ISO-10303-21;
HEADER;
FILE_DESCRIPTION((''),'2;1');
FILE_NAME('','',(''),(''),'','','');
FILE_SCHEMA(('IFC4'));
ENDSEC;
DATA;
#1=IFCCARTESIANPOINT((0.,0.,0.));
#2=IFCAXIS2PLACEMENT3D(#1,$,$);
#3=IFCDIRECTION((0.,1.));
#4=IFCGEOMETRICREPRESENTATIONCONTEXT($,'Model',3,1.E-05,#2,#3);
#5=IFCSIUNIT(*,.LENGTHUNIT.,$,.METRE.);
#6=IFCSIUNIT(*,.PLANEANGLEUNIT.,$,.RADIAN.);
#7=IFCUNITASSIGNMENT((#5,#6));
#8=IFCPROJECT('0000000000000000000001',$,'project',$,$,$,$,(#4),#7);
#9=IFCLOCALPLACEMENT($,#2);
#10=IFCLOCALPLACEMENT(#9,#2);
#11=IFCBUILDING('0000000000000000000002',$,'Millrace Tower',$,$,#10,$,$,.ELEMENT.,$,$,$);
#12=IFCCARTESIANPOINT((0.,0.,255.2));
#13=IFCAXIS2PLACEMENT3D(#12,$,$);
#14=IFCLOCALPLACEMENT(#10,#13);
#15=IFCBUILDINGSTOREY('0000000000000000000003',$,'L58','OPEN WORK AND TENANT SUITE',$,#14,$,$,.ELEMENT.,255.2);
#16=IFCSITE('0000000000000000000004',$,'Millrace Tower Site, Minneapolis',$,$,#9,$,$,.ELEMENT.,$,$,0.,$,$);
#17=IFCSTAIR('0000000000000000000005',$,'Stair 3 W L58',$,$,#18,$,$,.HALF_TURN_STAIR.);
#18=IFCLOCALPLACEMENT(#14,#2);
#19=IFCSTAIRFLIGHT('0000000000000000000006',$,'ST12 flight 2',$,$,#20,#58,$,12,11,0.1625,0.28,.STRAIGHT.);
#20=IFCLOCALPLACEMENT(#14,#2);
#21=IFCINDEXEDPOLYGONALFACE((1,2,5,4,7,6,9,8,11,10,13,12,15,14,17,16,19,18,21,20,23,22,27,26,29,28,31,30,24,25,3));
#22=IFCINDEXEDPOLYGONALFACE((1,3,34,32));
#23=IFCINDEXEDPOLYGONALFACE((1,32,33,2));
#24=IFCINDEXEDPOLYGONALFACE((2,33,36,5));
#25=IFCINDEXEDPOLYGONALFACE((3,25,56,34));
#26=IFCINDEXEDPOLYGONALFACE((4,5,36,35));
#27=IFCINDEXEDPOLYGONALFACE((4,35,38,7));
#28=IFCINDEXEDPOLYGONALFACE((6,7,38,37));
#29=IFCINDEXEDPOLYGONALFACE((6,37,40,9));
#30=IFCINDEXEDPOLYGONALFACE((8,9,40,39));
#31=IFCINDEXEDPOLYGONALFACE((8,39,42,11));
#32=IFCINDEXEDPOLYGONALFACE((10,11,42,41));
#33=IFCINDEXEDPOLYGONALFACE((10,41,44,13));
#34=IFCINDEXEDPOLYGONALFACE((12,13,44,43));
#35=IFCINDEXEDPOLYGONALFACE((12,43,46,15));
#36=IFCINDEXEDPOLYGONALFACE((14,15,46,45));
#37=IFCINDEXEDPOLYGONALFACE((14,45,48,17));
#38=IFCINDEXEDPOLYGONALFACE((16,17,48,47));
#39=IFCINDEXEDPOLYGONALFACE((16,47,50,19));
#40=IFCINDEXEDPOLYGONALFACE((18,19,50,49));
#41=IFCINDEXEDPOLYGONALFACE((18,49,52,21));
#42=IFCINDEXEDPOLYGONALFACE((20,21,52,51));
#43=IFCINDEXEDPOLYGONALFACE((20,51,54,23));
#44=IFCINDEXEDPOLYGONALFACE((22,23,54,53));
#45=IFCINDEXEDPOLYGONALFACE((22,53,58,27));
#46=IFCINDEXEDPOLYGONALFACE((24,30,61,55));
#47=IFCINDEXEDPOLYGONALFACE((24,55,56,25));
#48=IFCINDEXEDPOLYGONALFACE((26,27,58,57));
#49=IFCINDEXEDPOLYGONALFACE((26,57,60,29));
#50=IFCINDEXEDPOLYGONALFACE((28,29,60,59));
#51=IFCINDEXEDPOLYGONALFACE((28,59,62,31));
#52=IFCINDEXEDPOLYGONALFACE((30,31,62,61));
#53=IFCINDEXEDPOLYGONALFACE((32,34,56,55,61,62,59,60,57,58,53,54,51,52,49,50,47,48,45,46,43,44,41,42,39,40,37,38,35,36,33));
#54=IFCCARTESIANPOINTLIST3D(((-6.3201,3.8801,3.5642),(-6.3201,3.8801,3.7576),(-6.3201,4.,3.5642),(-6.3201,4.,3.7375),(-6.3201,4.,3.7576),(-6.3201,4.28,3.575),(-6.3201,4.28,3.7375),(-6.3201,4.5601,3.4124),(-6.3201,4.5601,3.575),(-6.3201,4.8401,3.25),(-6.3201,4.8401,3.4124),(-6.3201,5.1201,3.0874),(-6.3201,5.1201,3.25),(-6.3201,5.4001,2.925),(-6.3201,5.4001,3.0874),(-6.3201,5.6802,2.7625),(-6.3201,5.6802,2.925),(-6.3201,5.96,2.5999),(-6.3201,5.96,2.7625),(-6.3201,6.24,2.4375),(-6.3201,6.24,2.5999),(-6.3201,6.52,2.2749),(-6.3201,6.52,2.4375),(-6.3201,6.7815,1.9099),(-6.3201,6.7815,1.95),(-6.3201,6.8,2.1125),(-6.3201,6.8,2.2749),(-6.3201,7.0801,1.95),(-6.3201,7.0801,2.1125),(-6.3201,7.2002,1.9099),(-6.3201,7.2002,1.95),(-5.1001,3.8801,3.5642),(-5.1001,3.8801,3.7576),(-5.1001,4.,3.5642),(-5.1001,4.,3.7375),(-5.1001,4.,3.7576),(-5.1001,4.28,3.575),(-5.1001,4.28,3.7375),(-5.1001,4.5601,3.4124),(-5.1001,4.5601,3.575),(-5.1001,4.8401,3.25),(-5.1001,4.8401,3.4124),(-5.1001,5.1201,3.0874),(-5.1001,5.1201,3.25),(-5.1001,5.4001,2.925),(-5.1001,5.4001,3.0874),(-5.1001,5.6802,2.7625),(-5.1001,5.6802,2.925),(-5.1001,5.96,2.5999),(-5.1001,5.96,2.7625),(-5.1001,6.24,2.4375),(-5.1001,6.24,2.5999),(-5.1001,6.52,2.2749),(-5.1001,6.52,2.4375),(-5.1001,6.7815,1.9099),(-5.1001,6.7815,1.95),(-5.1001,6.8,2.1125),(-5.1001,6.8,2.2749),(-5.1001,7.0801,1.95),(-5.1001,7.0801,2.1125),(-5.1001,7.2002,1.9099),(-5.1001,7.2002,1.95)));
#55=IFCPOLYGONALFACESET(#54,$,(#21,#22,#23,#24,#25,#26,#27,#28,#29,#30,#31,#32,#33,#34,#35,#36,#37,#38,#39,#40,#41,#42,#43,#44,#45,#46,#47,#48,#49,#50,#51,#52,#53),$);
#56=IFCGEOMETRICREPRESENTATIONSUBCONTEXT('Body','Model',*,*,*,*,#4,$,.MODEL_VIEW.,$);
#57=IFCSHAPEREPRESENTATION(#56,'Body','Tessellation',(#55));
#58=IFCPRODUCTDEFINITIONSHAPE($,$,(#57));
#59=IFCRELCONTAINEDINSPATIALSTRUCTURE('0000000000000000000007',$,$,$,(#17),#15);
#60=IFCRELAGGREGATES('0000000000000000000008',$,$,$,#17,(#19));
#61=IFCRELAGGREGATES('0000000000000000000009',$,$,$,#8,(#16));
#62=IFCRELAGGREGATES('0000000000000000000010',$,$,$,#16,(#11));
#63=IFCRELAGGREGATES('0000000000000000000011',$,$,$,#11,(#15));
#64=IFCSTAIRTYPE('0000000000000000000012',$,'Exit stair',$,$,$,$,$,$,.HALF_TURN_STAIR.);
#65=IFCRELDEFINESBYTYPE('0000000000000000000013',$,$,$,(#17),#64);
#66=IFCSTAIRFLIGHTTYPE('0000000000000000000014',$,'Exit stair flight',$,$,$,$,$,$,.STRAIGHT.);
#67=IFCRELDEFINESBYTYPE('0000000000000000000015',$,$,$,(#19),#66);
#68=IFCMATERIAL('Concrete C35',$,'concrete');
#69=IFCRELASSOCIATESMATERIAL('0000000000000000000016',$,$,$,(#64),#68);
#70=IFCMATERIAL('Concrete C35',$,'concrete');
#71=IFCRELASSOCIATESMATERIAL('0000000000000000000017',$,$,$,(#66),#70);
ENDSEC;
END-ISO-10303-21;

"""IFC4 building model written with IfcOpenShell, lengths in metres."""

from ifc_helpers import new_model, si_unit, direction, frame, origin, place, context, subcontext, project, spatial, polyline, outline, extrude, material, type_object, element, aggregate, save


model = new_model("IFC4")

# Units and contexts
model_context = context("Model", 3, precision=1e-05, world=origin(), true_north=direction((0.0, 1.0)))
body_context = subcontext(model_context, "Body", "Model", "MODEL_VIEW")
ifc_project = project(units=[si_unit("LENGTHUNIT", "METRE"), si_unit("PLANEANGLEUNIT", "RADIAN")], contexts=[model_context])

# Site, building, storey
site_placement = place(None, origin())
site = spatial("IfcSite", under=ifc_project, at=site_placement, Name="Millrace Tower Site, Minneapolis", CompositionType="ELEMENT", RefElevation=0.0)
building_placement = place(site_placement, origin())
building = spatial("IfcBuilding", under=site, at=building_placement, Name="Millrace Tower", CompositionType="ELEMENT")
storey_placement = place(building_placement, frame((0.0, 0.0, 255.2)))
storey = spatial("IfcBuildingStorey", under=building, at=storey_placement, Name="L58", Description="OPEN WORK AND TENANT SUITE", CompositionType="ELEMENT", Elevation=255.2)

# Shared definitions
placement = place(storey_placement, origin())

# Shared definitions
ifc_material_1 = material(Name="Concrete C35", Category="concrete")
stair_type = type_object("IfcStairType", Name="Exit stair", PredefinedType="HALF_TURN_STAIR", material=ifc_material_1)
ifc_material_2 = material(Name="Concrete C35", Category="concrete")
stair_flight_type = type_object("IfcStairFlightType", Name="Exit stair flight", PredefinedType="STRAIGHT", material=ifc_material_2)

# Stair, stair flight
stair_1 = element("IfcStair", 1, at=placement, inside=storey, type_object=stair_type, Name="Stair 3 W L58", PredefinedType="HALF_TURN_STAIR")
stair_flight_1_placement = place(storey_placement, frame((-5.71, 7.0801, 1.95), z_axis=(0.0, 0.0, 1.0), x_axis=(0.0, -1.0, 0.0)))
stair_flight_1 = element("IfcStairFlight", 2, at=stair_flight_1_placement, type_object=stair_flight_type, Name="ST12 flight 2", NumberOfRisers=12, NumberOfTreads=11, PredefinedType="STRAIGHT", RiserHeight=0.1625, TreadLength=0.28, context=body_context, shape_type="SweptSolid", body=[
    extrude(outline(polyline([(-0.1201, -0.04), (-0.1201, 0.0), (0.0, 0.0), (0.0, 0.1626), (0.28, 0.1626), (0.28, 0.325), (0.5601, 0.325), (0.5601, 0.4875), (0.8401, 0.4875), (0.8401, 0.6499), (1.1201, 0.6499), (1.1201, 0.8125), (1.3999, 0.8125), (1.3999, 0.9751), (1.6799, 0.9751), (1.6799, 1.1375), (1.96, 1.1375), (1.96, 1.3), (2.24, 1.3), (2.24, 1.4624), (2.52, 1.4624), (2.52, 1.625), (2.8, 1.625), (2.8, 1.7876), (3.0801, 1.7876), (3.0801, 1.8076), (3.2, 1.8076), (3.2, 1.6143), (3.0801, 1.6143), (0.2986, 0.0), (0.2986, -0.04), (-0.1201, -0.04)])), frame((0.0, 0.6099, 0.0), z_axis=(0.0, -1.0, 0.0), x_axis=(1.0, 0.0, 0.0)), (0.0, 0.0, 1.0), 1.22),
])
aggregate(stair_1, [stair_flight_1])

save(model, "model.ifc")
